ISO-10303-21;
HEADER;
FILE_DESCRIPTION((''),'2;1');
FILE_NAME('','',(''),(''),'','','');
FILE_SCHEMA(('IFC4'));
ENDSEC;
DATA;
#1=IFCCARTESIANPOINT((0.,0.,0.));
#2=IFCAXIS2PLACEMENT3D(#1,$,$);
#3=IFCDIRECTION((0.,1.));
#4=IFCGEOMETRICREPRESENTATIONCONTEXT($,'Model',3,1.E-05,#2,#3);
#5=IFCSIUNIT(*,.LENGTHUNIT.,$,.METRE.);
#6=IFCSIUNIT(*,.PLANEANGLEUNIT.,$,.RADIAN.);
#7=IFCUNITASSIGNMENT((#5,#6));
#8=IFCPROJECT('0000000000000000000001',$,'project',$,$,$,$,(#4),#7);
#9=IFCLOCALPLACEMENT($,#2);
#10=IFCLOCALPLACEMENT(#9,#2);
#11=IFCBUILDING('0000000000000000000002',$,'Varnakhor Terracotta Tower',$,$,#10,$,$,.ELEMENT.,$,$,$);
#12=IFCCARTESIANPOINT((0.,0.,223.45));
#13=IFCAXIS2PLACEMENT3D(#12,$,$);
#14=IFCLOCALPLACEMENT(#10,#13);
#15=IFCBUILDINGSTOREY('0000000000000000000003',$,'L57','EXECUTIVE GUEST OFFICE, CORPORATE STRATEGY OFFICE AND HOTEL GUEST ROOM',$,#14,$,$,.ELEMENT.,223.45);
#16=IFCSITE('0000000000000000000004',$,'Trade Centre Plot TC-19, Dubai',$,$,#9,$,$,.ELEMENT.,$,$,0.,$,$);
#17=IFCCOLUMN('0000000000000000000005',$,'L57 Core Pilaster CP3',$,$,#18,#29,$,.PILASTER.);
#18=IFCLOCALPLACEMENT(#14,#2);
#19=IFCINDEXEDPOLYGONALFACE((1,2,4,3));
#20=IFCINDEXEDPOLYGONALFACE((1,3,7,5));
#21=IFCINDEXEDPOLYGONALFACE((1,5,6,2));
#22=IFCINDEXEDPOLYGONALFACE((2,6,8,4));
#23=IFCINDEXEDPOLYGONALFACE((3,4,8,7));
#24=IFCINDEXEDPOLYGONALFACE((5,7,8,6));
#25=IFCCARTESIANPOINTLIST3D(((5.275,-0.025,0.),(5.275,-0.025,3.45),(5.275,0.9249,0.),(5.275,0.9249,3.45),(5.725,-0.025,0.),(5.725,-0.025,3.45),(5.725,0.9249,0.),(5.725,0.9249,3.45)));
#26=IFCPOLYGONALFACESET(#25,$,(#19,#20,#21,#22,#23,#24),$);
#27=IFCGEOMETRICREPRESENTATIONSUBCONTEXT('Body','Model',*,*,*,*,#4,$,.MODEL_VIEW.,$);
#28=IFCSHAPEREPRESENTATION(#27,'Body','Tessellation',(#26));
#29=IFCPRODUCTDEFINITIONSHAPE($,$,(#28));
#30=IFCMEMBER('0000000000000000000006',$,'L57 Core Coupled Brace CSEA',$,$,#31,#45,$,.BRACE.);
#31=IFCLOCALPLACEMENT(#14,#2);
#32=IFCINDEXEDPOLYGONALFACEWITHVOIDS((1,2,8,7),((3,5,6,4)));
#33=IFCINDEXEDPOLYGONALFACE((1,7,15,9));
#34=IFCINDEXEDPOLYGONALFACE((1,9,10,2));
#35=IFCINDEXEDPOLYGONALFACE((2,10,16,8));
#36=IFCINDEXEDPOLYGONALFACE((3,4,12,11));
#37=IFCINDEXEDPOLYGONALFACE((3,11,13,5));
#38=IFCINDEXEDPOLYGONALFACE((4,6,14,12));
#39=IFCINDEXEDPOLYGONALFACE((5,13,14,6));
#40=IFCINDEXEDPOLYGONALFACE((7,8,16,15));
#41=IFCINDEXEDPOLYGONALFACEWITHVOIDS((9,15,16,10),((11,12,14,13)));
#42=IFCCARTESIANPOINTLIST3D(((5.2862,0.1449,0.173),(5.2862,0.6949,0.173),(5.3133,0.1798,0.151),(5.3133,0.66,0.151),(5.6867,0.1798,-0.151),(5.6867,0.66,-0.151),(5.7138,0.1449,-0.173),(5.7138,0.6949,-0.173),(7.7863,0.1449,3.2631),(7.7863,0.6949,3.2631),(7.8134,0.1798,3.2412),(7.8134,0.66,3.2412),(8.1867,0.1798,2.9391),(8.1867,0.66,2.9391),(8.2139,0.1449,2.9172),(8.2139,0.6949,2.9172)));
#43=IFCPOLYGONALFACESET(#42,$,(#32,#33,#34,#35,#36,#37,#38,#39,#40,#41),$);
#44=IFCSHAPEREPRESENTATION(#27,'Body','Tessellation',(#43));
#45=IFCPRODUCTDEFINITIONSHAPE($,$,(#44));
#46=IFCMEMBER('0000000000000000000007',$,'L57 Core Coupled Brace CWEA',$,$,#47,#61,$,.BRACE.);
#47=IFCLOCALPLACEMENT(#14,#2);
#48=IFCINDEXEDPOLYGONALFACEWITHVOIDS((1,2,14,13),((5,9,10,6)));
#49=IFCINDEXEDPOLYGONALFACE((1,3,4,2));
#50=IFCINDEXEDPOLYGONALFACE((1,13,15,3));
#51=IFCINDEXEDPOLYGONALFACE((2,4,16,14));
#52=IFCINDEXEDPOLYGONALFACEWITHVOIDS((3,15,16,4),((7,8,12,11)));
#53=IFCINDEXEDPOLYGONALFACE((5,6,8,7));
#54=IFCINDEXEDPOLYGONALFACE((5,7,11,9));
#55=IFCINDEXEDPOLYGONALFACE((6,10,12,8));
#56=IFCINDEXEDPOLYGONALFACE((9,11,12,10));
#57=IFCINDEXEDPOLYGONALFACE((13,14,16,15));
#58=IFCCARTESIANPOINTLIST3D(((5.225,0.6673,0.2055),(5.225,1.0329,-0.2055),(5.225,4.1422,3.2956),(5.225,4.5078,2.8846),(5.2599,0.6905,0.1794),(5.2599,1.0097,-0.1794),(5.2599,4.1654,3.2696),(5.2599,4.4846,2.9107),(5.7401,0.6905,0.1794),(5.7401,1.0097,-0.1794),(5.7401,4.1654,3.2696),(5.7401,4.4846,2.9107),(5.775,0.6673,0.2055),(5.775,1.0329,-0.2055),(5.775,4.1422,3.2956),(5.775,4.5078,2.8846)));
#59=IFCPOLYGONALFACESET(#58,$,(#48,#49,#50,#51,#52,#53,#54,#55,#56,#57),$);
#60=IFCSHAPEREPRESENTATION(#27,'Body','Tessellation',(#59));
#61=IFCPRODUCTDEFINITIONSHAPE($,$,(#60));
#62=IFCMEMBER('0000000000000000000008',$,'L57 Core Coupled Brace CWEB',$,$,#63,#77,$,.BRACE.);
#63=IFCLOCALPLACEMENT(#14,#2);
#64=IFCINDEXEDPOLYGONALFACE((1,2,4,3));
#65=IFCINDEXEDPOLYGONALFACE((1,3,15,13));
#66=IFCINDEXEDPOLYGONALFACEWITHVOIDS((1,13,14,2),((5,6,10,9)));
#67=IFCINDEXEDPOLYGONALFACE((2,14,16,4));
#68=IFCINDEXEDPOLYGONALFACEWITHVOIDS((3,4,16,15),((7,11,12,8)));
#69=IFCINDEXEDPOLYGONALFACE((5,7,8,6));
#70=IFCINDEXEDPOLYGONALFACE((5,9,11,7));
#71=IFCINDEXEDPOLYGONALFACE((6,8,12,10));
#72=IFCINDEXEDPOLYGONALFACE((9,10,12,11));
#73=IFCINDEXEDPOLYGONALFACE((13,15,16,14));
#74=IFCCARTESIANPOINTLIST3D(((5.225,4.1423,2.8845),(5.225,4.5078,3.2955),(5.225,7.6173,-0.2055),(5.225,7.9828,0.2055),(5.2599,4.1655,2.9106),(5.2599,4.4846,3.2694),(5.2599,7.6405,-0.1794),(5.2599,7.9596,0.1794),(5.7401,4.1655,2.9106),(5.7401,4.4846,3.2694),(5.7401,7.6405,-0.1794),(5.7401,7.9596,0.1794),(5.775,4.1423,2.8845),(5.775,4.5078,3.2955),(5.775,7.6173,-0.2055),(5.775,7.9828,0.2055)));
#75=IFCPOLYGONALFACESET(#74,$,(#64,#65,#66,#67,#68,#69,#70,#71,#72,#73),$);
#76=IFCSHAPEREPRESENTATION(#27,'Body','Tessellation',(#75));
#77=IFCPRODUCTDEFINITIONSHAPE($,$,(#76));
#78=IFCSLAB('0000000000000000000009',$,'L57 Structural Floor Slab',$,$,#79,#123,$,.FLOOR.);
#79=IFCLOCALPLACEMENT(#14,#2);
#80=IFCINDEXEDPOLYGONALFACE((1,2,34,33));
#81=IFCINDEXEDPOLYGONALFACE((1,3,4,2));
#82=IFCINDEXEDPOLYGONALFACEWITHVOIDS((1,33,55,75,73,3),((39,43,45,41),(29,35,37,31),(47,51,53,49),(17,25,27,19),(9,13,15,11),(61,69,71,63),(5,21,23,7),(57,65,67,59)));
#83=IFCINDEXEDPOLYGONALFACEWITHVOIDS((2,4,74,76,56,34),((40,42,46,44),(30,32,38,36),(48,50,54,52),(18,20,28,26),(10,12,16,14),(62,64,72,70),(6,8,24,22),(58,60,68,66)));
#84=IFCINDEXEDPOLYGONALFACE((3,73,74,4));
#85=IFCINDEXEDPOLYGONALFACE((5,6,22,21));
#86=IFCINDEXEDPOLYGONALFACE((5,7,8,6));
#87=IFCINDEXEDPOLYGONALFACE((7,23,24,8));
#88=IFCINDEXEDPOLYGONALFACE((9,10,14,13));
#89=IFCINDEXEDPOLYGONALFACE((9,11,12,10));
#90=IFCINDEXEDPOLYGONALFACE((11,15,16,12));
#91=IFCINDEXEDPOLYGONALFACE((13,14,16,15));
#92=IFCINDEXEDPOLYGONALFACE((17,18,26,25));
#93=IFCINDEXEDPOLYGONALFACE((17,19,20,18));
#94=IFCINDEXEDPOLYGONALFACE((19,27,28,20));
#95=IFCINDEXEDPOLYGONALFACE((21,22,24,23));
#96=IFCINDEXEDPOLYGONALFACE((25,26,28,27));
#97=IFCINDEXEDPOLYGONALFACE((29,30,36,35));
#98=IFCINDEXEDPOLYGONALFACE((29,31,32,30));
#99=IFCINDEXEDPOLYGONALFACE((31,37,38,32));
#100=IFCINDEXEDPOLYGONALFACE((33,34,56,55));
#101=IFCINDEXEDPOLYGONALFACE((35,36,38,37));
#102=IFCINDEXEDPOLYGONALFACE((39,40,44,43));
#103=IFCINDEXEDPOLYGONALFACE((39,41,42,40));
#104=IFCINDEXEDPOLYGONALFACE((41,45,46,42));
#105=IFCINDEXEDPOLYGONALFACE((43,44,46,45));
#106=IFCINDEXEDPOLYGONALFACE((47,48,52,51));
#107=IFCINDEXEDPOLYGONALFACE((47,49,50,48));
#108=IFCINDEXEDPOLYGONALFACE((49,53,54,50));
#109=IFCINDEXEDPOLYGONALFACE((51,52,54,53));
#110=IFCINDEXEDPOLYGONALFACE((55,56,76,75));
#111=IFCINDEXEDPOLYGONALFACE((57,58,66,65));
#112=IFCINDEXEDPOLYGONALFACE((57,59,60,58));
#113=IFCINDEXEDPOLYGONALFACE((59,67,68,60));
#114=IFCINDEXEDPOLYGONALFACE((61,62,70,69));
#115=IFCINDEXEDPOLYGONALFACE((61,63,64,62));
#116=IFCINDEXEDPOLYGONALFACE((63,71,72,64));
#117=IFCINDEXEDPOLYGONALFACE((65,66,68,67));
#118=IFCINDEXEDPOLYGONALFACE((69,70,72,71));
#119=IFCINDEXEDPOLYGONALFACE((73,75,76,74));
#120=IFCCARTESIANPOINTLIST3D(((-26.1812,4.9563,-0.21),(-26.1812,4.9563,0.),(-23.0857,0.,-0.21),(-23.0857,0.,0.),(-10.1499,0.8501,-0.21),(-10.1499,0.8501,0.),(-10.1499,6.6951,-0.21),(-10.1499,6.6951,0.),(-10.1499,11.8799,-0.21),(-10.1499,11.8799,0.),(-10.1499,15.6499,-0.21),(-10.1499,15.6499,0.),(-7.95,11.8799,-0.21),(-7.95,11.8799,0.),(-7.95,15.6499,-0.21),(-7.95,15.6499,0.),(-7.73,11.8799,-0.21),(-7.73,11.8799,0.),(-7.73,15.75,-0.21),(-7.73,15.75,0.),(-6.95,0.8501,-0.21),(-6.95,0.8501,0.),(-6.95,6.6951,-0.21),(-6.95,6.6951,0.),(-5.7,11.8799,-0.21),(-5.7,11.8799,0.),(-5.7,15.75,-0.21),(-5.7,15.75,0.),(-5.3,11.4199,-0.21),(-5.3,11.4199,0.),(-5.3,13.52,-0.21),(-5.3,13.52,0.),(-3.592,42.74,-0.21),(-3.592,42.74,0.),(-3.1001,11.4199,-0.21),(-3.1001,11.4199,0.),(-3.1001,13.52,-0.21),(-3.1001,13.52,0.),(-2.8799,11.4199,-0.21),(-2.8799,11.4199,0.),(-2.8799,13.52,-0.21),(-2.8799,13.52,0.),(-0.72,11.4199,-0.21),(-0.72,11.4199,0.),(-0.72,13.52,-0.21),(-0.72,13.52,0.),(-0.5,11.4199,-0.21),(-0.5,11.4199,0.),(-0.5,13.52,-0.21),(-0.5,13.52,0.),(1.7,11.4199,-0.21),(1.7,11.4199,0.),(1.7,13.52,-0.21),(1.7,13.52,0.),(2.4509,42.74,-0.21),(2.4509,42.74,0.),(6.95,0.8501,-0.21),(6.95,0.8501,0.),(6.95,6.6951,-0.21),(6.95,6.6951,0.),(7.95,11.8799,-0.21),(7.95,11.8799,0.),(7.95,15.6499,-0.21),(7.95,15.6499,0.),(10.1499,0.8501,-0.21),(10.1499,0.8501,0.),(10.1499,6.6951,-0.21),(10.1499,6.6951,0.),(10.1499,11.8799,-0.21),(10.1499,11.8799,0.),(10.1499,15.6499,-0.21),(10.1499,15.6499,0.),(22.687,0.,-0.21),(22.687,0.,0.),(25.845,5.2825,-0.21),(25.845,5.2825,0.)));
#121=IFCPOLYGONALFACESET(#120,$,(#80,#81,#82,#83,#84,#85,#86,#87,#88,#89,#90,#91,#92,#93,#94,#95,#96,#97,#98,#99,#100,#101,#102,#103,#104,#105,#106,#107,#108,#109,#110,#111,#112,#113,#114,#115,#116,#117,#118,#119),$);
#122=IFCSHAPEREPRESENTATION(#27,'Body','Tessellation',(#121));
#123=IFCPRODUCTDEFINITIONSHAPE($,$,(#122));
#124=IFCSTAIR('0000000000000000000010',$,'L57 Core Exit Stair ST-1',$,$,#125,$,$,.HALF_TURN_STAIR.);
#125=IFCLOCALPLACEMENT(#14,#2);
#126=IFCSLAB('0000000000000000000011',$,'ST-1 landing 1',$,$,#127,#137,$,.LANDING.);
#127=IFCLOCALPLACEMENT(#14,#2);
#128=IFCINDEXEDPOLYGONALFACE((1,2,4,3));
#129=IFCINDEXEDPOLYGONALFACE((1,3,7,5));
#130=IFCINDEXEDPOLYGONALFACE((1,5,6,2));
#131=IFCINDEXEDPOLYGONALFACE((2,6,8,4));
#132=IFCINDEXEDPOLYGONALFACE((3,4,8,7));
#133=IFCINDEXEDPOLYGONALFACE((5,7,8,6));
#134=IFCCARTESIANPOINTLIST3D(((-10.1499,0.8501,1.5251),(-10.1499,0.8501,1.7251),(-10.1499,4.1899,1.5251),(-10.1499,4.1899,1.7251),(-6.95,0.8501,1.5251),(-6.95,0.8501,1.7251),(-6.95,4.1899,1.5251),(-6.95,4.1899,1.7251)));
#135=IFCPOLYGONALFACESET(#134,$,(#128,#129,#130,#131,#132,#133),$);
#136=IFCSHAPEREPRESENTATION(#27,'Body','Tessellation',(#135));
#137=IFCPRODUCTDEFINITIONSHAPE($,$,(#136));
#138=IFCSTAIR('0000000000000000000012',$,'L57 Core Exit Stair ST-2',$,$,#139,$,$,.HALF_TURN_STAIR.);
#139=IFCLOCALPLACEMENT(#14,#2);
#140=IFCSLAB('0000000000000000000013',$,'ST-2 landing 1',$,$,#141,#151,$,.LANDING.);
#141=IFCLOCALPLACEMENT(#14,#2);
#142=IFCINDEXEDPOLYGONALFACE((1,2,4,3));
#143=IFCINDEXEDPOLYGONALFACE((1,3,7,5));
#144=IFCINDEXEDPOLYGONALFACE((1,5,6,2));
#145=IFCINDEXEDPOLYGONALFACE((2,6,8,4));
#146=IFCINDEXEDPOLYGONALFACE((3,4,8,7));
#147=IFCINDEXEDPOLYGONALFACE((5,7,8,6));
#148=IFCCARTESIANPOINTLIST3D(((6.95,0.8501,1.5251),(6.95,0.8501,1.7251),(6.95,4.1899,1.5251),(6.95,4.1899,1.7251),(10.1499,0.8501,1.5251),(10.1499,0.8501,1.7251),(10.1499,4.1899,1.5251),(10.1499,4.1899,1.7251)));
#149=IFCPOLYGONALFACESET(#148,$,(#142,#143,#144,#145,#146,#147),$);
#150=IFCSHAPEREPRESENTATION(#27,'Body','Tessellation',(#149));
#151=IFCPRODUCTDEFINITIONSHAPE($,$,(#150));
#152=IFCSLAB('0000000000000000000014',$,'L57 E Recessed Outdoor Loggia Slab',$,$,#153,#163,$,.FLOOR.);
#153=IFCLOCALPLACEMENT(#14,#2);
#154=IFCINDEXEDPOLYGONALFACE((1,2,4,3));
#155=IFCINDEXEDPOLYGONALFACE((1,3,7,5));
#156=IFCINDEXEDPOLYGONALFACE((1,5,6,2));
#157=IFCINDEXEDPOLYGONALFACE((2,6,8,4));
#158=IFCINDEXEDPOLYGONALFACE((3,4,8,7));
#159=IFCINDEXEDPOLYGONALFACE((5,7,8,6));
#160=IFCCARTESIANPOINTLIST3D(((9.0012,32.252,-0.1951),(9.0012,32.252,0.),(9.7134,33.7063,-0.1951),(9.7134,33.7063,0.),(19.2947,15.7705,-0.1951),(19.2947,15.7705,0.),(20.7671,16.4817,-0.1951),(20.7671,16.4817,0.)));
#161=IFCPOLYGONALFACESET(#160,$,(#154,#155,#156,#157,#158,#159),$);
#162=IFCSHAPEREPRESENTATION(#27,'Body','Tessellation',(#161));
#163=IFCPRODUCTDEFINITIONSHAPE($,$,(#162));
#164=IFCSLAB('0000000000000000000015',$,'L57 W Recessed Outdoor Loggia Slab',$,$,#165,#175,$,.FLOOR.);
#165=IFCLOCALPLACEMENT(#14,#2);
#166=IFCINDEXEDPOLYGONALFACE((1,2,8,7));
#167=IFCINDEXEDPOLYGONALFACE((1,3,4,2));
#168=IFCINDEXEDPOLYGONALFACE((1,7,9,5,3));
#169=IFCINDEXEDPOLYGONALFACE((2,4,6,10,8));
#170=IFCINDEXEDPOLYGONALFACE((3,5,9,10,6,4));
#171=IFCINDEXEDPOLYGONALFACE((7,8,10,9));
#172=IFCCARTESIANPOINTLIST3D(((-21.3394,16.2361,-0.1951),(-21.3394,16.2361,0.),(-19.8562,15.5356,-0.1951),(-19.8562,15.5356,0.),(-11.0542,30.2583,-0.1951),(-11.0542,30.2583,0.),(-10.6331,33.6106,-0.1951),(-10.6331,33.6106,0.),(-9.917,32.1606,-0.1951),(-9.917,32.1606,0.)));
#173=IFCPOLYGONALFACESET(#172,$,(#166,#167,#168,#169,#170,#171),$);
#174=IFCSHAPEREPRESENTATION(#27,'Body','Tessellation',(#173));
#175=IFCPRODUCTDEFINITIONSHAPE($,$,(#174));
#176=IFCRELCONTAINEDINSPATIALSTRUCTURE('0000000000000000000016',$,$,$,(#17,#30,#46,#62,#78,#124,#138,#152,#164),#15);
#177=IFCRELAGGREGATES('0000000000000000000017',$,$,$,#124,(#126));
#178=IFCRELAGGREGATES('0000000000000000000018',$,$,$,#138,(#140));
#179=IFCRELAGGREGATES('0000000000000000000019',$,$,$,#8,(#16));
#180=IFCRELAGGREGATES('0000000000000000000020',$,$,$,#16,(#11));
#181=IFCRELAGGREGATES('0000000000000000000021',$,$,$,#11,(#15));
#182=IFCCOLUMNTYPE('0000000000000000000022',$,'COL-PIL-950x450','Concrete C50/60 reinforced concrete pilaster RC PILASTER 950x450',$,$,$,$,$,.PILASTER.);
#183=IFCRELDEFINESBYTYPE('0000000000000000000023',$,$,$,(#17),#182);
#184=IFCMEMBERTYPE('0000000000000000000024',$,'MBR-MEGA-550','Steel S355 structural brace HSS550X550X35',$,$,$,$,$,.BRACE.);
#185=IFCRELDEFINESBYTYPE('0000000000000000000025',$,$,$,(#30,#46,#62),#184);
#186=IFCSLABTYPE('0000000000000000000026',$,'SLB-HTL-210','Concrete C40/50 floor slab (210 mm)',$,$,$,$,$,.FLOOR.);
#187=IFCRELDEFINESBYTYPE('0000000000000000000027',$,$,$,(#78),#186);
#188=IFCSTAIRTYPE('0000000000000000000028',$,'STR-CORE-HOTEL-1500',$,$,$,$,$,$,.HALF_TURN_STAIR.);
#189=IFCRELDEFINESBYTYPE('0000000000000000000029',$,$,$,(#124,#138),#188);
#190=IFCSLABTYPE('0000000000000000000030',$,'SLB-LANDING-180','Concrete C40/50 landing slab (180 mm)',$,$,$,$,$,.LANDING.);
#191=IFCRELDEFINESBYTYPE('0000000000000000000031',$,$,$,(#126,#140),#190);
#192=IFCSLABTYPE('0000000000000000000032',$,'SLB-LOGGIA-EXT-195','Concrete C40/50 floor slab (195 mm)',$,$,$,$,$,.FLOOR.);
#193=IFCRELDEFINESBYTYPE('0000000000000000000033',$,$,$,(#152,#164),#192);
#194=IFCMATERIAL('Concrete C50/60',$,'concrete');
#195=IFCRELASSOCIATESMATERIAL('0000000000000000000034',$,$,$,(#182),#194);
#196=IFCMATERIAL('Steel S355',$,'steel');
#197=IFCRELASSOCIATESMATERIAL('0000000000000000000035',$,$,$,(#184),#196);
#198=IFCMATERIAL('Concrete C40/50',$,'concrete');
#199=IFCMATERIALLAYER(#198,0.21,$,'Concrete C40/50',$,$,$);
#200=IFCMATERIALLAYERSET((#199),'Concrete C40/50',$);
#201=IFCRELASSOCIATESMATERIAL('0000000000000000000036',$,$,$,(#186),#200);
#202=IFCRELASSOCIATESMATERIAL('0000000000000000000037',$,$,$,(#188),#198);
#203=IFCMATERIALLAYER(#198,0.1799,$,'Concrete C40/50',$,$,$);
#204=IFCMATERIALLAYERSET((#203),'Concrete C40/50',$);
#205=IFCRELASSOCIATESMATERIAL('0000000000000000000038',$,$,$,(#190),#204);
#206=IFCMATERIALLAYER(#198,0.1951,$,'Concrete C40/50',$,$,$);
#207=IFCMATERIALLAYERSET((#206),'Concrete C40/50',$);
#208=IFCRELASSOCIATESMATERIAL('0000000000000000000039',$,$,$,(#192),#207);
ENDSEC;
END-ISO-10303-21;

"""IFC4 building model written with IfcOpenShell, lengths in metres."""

from ifc_helpers import new_model, si_unit, direction, frame, origin, origin_2d, place, context, subcontext, project, spatial, polyline, rectangle, hollow_rectangle, outline, extrude, source, transform, mapped, material, layer, layer_set, material_profile, profile_set, type_object, element, aggregate, save


model = new_model("IFC4")

# Units and contexts
model_context = context("Model", 3, precision=1e-05, world=origin(), true_north=direction((0.0, 1.0)))
body_context = subcontext(model_context, "Body", "Model", "MODEL_VIEW")
ifc_project = project(units=[si_unit("LENGTHUNIT", "METRE"), si_unit("PLANEANGLEUNIT", "RADIAN")], contexts=[model_context])

# Site, building, storey
site_placement = place(None, origin())
site = spatial("IfcSite", under=ifc_project, at=site_placement, Name="Trade Centre Plot TC-19, Dubai", CompositionType="ELEMENT", RefElevation=0.0)
building_placement = place(site_placement, origin())
building = spatial("IfcBuilding", under=site, at=building_placement, Name="Varnakhor Terracotta Tower", CompositionType="ELEMENT")
storey_placement = place(building_placement, frame((0.0, 0.0, 223.45)))
storey = spatial("IfcBuildingStorey", under=building, at=storey_placement, Name="L57", Description="EXECUTIVE GUEST OFFICE, CORPORATE STRATEGY OFFICE AND HOTEL GUEST ROOM", CompositionType="ELEMENT", Elevation=223.45)

# Column
ifc_material_1 = material(Name="Concrete C50/60", Category="concrete")
ifc_material_profile_1 = material_profile(ifc_material_1, rectangle(XDim=0.45, YDim=0.95, at=origin_2d()), Name="RC PILASTER 950x450")
ifc_profile_set_1 = profile_set([ifc_material_profile_1], Name="Concrete C50/60")
column_type = type_object("IfcColumnType", Name="COL-PIL-950x450", Description="Concrete C50/60 reinforced concrete pilaster RC PILASTER 950x450", PredefinedType="PILASTER", material=ifc_profile_set_1)
shared_shape_1 = source(origin(), body_context, "Body", "SweptSolid", [
    extrude(rectangle(XDim=0.45, YDim=0.95, at=origin_2d()), origin(), (0.0, 0.0, 1.0), 3.45),
])
column_placement = place(storey_placement, frame((5.5, 0.45, 0.0), z_axis=(0.0, 0.0, 1.0), x_axis=(1.0, 0.0, 0.0)))
element("IfcColumn", 1, at=column_placement, inside=storey, type_object=column_type, Name="L57 Core Pilaster CP3", PredefinedType="PILASTER", context=body_context, shape_type="MappedRepresentation", body=[
    mapped(shared_shape_1, transform((0.0, 0.0, 0.0), scale=1.0)),
])

# Members
ifc_material_2 = material(Name="Steel S355", Category="steel")
ifc_material_profile_2 = material_profile(ifc_material_2, hollow_rectangle(XDim=0.55, YDim=0.55, WallThickness=0.0349, at=origin_2d()), Name="HSS550X550X35")
ifc_profile_set_2 = profile_set([ifc_material_profile_2], Name="Steel S355")
member_type = type_object("IfcMemberType", Name="MBR-MEGA-550", Description="Steel S355 structural brace HSS550X550X35", PredefinedType="BRACE", material=ifc_profile_set_2)
shared_shape_2 = source(origin(), body_context, "Body", "SweptSolid", [
    extrude(hollow_rectangle(XDim=0.55, YDim=0.55, WallThickness=0.0349, at=origin_2d()), origin(), (0.0, 0.0, 1.0), 3.9749),
])
member_placement = place(storey_placement, frame((5.5, 0.4199, 0.0), z_axis=(0.62897, 0.0, 0.777429), x_axis=(0.0, 1.0, 0.0)))
element("IfcMember", 2, at=member_placement, inside=storey, type_object=member_type, Name="L57 Core Coupled Brace CSEA", PredefinedType="BRACE", context=body_context, shape_type="MappedRepresentation", body=[
    mapped(shared_shape_2, transform((0.0, 0.0, 0.0), scale=1.0)),
])
shared_shape_3 = source(origin(), body_context, "Body", "SweptSolid", [
    extrude(hollow_rectangle(XDim=0.55, YDim=0.55, WallThickness=0.0349, at=origin_2d()), origin(), (0.0, 0.0, 1.0), 4.6501),
])
for number, where, z_axis, x_axis, name in (
    (3, (5.5, 0.8501, 0.0), (0.0, 0.747267, 0.664524), (-1.0, 0.0, 0.0), "L57 Core Coupled Brace CWEA"),
    (4, (5.5, 7.8, 0.0), (0.0, -0.747291, 0.664497), (1.0, 0.0, 0.0), "L57 Core Coupled Brace CWEB"),
):
    element("IfcMember", number, at=place(storey_placement, frame(where, z_axis=z_axis, x_axis=x_axis)), inside=storey, type_object=member_type, Name=name, PredefinedType="BRACE", context=body_context, shape_type="MappedRepresentation", body=[
        mapped(shared_shape_3, transform((0.0, 0.0, 0.0), scale=1.0)),
    ])

# Slab
ifc_material_3 = material(Name="Concrete C40/50", Category="concrete")
ifc_layer_1 = layer(ifc_material_3, 0.21, Name="Concrete C40/50")
ifc_layer_set_1 = layer_set([ifc_layer_1], Name="Concrete C40/50")
slab_type_1 = type_object("IfcSlabType", Name="SLB-HTL-210", Description="Concrete C40/50 floor slab (210 mm)", PredefinedType="FLOOR", material=ifc_layer_set_1)
slab_1_placement = place(storey_placement, frame((0.0, 0.0, -0.21)))
element("IfcSlab", 5, at=slab_1_placement, inside=storey, type_object=slab_type_1, Name="L57 Structural Floor Slab", PredefinedType="FLOOR", context=body_context, shape_type="SweptSolid", body=[
    extrude(outline(polyline([(-26.1812, 4.9563), (-3.592, 42.74), (2.4509, 42.74), (25.845, 5.2825), (22.687, 0.0), (-23.0857, 0.0), (-26.1812, 4.9563)]), holes=[polyline([(-6.95, 0.8501), (-6.95, 6.6951), (-10.1499, 6.6951), (-10.1499, 0.8501), (-6.95, 0.8501)]), polyline([(10.1499, 0.8501), (10.1499, 6.6951), (6.95, 6.6951), (6.95, 0.8501), (10.1499, 0.8501)]), polyline([(-3.1001, 11.4199), (-3.1001, 13.52), (-5.3, 13.52), (-5.3, 11.4199), (-3.1001, 11.4199)]), polyline([(-0.72, 11.4199), (-0.72, 13.52), (-2.8799, 13.52), (-2.8799, 11.4199), (-0.72, 11.4199)]), polyline([(1.7, 11.4199), (1.7, 13.52), (-0.5, 13.52), (-0.5, 11.4199), (1.7, 11.4199)]), polyline([(-7.95, 11.8799), (-7.95, 15.6499), (-10.1499, 15.6499), (-10.1499, 11.8799), (-7.95, 11.8799)]), polyline([(10.1499, 11.8799), (10.1499, 15.6499), (7.95, 15.6499), (7.95, 11.8799), (10.1499, 11.8799)]), polyline([(-5.7, 11.8799), (-5.7, 15.75), (-7.73, 15.75), (-7.73, 11.8799), (-5.7, 11.8799)])]), origin(), (0.0, 0.0, 1.0), 0.21),
])

# Stairs, slabs
stair_type = type_object("IfcStairType", Name="STR-CORE-HOTEL-1500", PredefinedType="HALF_TURN_STAIR", material=ifc_material_3)
stair_1_placement = place(storey_placement, origin())
stair_1 = element("IfcStair", 6, at=stair_1_placement, inside=storey, type_object=stair_type, Name="L57 Core Exit Stair ST-1", PredefinedType="HALF_TURN_STAIR")
ifc_layer_2 = layer(ifc_material_3, 0.1799, Name="Concrete C40/50")
ifc_layer_set_2 = layer_set([ifc_layer_2], Name="Concrete C40/50")
slab_type_2 = type_object("IfcSlabType", Name="SLB-LANDING-180", Description="Concrete C40/50 landing slab (180 mm)", PredefinedType="LANDING", material=ifc_layer_set_2)
slab_2_placement = place(storey_placement, frame((0.0, 0.0, 1.5251)))
slab_2 = element("IfcSlab", 7, at=slab_2_placement, type_object=slab_type_2, Name="ST-1 landing 1", PredefinedType="LANDING", context=body_context, shape_type="SweptSolid", body=[
    extrude(outline(polyline([(-10.1499, 4.1899), (-10.1499, 0.8501), (-6.95, 0.8501), (-6.95, 4.1899), (-10.1499, 4.1899)])), origin(), (0.0, 0.0, 1.0), 0.2),
])
aggregate(stair_1, [slab_2])
stair_2_placement = place(storey_placement, origin())
stair_2 = element("IfcStair", 8, at=stair_2_placement, inside=storey, type_object=stair_type, Name="L57 Core Exit Stair ST-2", PredefinedType="HALF_TURN_STAIR")
slab_3_placement = place(storey_placement, frame((0.0, 0.0, 1.5251)))
slab_3 = element("IfcSlab", 9, at=slab_3_placement, type_object=slab_type_2, Name="ST-2 landing 1", PredefinedType="LANDING", context=body_context, shape_type="SweptSolid", body=[
    extrude(outline(polyline([(6.95, 4.1899), (6.95, 0.8501), (10.1499, 0.8501), (10.1499, 4.1899), (6.95, 4.1899)])), origin(), (0.0, 0.0, 1.0), 0.2),
])

# Slabs
ifc_layer_3 = layer(ifc_material_3, 0.1951, Name="Concrete C40/50")
ifc_layer_set_3 = layer_set([ifc_layer_3], Name="Concrete C40/50")
slab_type_3 = type_object("IfcSlabType", Name="SLB-LOGGIA-EXT-195", Description="Concrete C40/50 floor slab (195 mm)", PredefinedType="FLOOR", material=ifc_layer_set_3)
slab_4_placement = place(storey_placement, frame((0.0, 0.0, -0.1951)))
element("IfcSlab", 10, at=slab_4_placement, inside=storey, type_object=slab_type_3, Name="L57 E Recessed Outdoor Loggia Slab", PredefinedType="FLOOR", context=body_context, shape_type="SweptSolid", body=[
    extrude(outline(polyline([(9.7134, 33.7063), (20.7671, 16.4817), (19.2947, 15.7705), (9.0012, 32.252), (9.7134, 33.7063)])), origin(), (0.0, 0.0, 1.0), 0.1951),
])
slab_5_placement = place(storey_placement, frame((0.0, 0.0, -0.1951)))
element("IfcSlab", 11, at=slab_5_placement, inside=storey, type_object=slab_type_3, Name="L57 W Recessed Outdoor Loggia Slab", PredefinedType="FLOOR", context=body_context, shape_type="SweptSolid", body=[
    extrude(outline(polyline([(-21.3394, 16.2361), (-10.6331, 33.6106), (-9.917, 32.1606), (-11.0542, 30.2583), (-19.8562, 15.5356), (-21.3394, 16.2361)])), origin(), (0.0, 0.0, 1.0), 0.1951),
])

aggregate(stair_2, [slab_3])

save(model, "model.ifc")
